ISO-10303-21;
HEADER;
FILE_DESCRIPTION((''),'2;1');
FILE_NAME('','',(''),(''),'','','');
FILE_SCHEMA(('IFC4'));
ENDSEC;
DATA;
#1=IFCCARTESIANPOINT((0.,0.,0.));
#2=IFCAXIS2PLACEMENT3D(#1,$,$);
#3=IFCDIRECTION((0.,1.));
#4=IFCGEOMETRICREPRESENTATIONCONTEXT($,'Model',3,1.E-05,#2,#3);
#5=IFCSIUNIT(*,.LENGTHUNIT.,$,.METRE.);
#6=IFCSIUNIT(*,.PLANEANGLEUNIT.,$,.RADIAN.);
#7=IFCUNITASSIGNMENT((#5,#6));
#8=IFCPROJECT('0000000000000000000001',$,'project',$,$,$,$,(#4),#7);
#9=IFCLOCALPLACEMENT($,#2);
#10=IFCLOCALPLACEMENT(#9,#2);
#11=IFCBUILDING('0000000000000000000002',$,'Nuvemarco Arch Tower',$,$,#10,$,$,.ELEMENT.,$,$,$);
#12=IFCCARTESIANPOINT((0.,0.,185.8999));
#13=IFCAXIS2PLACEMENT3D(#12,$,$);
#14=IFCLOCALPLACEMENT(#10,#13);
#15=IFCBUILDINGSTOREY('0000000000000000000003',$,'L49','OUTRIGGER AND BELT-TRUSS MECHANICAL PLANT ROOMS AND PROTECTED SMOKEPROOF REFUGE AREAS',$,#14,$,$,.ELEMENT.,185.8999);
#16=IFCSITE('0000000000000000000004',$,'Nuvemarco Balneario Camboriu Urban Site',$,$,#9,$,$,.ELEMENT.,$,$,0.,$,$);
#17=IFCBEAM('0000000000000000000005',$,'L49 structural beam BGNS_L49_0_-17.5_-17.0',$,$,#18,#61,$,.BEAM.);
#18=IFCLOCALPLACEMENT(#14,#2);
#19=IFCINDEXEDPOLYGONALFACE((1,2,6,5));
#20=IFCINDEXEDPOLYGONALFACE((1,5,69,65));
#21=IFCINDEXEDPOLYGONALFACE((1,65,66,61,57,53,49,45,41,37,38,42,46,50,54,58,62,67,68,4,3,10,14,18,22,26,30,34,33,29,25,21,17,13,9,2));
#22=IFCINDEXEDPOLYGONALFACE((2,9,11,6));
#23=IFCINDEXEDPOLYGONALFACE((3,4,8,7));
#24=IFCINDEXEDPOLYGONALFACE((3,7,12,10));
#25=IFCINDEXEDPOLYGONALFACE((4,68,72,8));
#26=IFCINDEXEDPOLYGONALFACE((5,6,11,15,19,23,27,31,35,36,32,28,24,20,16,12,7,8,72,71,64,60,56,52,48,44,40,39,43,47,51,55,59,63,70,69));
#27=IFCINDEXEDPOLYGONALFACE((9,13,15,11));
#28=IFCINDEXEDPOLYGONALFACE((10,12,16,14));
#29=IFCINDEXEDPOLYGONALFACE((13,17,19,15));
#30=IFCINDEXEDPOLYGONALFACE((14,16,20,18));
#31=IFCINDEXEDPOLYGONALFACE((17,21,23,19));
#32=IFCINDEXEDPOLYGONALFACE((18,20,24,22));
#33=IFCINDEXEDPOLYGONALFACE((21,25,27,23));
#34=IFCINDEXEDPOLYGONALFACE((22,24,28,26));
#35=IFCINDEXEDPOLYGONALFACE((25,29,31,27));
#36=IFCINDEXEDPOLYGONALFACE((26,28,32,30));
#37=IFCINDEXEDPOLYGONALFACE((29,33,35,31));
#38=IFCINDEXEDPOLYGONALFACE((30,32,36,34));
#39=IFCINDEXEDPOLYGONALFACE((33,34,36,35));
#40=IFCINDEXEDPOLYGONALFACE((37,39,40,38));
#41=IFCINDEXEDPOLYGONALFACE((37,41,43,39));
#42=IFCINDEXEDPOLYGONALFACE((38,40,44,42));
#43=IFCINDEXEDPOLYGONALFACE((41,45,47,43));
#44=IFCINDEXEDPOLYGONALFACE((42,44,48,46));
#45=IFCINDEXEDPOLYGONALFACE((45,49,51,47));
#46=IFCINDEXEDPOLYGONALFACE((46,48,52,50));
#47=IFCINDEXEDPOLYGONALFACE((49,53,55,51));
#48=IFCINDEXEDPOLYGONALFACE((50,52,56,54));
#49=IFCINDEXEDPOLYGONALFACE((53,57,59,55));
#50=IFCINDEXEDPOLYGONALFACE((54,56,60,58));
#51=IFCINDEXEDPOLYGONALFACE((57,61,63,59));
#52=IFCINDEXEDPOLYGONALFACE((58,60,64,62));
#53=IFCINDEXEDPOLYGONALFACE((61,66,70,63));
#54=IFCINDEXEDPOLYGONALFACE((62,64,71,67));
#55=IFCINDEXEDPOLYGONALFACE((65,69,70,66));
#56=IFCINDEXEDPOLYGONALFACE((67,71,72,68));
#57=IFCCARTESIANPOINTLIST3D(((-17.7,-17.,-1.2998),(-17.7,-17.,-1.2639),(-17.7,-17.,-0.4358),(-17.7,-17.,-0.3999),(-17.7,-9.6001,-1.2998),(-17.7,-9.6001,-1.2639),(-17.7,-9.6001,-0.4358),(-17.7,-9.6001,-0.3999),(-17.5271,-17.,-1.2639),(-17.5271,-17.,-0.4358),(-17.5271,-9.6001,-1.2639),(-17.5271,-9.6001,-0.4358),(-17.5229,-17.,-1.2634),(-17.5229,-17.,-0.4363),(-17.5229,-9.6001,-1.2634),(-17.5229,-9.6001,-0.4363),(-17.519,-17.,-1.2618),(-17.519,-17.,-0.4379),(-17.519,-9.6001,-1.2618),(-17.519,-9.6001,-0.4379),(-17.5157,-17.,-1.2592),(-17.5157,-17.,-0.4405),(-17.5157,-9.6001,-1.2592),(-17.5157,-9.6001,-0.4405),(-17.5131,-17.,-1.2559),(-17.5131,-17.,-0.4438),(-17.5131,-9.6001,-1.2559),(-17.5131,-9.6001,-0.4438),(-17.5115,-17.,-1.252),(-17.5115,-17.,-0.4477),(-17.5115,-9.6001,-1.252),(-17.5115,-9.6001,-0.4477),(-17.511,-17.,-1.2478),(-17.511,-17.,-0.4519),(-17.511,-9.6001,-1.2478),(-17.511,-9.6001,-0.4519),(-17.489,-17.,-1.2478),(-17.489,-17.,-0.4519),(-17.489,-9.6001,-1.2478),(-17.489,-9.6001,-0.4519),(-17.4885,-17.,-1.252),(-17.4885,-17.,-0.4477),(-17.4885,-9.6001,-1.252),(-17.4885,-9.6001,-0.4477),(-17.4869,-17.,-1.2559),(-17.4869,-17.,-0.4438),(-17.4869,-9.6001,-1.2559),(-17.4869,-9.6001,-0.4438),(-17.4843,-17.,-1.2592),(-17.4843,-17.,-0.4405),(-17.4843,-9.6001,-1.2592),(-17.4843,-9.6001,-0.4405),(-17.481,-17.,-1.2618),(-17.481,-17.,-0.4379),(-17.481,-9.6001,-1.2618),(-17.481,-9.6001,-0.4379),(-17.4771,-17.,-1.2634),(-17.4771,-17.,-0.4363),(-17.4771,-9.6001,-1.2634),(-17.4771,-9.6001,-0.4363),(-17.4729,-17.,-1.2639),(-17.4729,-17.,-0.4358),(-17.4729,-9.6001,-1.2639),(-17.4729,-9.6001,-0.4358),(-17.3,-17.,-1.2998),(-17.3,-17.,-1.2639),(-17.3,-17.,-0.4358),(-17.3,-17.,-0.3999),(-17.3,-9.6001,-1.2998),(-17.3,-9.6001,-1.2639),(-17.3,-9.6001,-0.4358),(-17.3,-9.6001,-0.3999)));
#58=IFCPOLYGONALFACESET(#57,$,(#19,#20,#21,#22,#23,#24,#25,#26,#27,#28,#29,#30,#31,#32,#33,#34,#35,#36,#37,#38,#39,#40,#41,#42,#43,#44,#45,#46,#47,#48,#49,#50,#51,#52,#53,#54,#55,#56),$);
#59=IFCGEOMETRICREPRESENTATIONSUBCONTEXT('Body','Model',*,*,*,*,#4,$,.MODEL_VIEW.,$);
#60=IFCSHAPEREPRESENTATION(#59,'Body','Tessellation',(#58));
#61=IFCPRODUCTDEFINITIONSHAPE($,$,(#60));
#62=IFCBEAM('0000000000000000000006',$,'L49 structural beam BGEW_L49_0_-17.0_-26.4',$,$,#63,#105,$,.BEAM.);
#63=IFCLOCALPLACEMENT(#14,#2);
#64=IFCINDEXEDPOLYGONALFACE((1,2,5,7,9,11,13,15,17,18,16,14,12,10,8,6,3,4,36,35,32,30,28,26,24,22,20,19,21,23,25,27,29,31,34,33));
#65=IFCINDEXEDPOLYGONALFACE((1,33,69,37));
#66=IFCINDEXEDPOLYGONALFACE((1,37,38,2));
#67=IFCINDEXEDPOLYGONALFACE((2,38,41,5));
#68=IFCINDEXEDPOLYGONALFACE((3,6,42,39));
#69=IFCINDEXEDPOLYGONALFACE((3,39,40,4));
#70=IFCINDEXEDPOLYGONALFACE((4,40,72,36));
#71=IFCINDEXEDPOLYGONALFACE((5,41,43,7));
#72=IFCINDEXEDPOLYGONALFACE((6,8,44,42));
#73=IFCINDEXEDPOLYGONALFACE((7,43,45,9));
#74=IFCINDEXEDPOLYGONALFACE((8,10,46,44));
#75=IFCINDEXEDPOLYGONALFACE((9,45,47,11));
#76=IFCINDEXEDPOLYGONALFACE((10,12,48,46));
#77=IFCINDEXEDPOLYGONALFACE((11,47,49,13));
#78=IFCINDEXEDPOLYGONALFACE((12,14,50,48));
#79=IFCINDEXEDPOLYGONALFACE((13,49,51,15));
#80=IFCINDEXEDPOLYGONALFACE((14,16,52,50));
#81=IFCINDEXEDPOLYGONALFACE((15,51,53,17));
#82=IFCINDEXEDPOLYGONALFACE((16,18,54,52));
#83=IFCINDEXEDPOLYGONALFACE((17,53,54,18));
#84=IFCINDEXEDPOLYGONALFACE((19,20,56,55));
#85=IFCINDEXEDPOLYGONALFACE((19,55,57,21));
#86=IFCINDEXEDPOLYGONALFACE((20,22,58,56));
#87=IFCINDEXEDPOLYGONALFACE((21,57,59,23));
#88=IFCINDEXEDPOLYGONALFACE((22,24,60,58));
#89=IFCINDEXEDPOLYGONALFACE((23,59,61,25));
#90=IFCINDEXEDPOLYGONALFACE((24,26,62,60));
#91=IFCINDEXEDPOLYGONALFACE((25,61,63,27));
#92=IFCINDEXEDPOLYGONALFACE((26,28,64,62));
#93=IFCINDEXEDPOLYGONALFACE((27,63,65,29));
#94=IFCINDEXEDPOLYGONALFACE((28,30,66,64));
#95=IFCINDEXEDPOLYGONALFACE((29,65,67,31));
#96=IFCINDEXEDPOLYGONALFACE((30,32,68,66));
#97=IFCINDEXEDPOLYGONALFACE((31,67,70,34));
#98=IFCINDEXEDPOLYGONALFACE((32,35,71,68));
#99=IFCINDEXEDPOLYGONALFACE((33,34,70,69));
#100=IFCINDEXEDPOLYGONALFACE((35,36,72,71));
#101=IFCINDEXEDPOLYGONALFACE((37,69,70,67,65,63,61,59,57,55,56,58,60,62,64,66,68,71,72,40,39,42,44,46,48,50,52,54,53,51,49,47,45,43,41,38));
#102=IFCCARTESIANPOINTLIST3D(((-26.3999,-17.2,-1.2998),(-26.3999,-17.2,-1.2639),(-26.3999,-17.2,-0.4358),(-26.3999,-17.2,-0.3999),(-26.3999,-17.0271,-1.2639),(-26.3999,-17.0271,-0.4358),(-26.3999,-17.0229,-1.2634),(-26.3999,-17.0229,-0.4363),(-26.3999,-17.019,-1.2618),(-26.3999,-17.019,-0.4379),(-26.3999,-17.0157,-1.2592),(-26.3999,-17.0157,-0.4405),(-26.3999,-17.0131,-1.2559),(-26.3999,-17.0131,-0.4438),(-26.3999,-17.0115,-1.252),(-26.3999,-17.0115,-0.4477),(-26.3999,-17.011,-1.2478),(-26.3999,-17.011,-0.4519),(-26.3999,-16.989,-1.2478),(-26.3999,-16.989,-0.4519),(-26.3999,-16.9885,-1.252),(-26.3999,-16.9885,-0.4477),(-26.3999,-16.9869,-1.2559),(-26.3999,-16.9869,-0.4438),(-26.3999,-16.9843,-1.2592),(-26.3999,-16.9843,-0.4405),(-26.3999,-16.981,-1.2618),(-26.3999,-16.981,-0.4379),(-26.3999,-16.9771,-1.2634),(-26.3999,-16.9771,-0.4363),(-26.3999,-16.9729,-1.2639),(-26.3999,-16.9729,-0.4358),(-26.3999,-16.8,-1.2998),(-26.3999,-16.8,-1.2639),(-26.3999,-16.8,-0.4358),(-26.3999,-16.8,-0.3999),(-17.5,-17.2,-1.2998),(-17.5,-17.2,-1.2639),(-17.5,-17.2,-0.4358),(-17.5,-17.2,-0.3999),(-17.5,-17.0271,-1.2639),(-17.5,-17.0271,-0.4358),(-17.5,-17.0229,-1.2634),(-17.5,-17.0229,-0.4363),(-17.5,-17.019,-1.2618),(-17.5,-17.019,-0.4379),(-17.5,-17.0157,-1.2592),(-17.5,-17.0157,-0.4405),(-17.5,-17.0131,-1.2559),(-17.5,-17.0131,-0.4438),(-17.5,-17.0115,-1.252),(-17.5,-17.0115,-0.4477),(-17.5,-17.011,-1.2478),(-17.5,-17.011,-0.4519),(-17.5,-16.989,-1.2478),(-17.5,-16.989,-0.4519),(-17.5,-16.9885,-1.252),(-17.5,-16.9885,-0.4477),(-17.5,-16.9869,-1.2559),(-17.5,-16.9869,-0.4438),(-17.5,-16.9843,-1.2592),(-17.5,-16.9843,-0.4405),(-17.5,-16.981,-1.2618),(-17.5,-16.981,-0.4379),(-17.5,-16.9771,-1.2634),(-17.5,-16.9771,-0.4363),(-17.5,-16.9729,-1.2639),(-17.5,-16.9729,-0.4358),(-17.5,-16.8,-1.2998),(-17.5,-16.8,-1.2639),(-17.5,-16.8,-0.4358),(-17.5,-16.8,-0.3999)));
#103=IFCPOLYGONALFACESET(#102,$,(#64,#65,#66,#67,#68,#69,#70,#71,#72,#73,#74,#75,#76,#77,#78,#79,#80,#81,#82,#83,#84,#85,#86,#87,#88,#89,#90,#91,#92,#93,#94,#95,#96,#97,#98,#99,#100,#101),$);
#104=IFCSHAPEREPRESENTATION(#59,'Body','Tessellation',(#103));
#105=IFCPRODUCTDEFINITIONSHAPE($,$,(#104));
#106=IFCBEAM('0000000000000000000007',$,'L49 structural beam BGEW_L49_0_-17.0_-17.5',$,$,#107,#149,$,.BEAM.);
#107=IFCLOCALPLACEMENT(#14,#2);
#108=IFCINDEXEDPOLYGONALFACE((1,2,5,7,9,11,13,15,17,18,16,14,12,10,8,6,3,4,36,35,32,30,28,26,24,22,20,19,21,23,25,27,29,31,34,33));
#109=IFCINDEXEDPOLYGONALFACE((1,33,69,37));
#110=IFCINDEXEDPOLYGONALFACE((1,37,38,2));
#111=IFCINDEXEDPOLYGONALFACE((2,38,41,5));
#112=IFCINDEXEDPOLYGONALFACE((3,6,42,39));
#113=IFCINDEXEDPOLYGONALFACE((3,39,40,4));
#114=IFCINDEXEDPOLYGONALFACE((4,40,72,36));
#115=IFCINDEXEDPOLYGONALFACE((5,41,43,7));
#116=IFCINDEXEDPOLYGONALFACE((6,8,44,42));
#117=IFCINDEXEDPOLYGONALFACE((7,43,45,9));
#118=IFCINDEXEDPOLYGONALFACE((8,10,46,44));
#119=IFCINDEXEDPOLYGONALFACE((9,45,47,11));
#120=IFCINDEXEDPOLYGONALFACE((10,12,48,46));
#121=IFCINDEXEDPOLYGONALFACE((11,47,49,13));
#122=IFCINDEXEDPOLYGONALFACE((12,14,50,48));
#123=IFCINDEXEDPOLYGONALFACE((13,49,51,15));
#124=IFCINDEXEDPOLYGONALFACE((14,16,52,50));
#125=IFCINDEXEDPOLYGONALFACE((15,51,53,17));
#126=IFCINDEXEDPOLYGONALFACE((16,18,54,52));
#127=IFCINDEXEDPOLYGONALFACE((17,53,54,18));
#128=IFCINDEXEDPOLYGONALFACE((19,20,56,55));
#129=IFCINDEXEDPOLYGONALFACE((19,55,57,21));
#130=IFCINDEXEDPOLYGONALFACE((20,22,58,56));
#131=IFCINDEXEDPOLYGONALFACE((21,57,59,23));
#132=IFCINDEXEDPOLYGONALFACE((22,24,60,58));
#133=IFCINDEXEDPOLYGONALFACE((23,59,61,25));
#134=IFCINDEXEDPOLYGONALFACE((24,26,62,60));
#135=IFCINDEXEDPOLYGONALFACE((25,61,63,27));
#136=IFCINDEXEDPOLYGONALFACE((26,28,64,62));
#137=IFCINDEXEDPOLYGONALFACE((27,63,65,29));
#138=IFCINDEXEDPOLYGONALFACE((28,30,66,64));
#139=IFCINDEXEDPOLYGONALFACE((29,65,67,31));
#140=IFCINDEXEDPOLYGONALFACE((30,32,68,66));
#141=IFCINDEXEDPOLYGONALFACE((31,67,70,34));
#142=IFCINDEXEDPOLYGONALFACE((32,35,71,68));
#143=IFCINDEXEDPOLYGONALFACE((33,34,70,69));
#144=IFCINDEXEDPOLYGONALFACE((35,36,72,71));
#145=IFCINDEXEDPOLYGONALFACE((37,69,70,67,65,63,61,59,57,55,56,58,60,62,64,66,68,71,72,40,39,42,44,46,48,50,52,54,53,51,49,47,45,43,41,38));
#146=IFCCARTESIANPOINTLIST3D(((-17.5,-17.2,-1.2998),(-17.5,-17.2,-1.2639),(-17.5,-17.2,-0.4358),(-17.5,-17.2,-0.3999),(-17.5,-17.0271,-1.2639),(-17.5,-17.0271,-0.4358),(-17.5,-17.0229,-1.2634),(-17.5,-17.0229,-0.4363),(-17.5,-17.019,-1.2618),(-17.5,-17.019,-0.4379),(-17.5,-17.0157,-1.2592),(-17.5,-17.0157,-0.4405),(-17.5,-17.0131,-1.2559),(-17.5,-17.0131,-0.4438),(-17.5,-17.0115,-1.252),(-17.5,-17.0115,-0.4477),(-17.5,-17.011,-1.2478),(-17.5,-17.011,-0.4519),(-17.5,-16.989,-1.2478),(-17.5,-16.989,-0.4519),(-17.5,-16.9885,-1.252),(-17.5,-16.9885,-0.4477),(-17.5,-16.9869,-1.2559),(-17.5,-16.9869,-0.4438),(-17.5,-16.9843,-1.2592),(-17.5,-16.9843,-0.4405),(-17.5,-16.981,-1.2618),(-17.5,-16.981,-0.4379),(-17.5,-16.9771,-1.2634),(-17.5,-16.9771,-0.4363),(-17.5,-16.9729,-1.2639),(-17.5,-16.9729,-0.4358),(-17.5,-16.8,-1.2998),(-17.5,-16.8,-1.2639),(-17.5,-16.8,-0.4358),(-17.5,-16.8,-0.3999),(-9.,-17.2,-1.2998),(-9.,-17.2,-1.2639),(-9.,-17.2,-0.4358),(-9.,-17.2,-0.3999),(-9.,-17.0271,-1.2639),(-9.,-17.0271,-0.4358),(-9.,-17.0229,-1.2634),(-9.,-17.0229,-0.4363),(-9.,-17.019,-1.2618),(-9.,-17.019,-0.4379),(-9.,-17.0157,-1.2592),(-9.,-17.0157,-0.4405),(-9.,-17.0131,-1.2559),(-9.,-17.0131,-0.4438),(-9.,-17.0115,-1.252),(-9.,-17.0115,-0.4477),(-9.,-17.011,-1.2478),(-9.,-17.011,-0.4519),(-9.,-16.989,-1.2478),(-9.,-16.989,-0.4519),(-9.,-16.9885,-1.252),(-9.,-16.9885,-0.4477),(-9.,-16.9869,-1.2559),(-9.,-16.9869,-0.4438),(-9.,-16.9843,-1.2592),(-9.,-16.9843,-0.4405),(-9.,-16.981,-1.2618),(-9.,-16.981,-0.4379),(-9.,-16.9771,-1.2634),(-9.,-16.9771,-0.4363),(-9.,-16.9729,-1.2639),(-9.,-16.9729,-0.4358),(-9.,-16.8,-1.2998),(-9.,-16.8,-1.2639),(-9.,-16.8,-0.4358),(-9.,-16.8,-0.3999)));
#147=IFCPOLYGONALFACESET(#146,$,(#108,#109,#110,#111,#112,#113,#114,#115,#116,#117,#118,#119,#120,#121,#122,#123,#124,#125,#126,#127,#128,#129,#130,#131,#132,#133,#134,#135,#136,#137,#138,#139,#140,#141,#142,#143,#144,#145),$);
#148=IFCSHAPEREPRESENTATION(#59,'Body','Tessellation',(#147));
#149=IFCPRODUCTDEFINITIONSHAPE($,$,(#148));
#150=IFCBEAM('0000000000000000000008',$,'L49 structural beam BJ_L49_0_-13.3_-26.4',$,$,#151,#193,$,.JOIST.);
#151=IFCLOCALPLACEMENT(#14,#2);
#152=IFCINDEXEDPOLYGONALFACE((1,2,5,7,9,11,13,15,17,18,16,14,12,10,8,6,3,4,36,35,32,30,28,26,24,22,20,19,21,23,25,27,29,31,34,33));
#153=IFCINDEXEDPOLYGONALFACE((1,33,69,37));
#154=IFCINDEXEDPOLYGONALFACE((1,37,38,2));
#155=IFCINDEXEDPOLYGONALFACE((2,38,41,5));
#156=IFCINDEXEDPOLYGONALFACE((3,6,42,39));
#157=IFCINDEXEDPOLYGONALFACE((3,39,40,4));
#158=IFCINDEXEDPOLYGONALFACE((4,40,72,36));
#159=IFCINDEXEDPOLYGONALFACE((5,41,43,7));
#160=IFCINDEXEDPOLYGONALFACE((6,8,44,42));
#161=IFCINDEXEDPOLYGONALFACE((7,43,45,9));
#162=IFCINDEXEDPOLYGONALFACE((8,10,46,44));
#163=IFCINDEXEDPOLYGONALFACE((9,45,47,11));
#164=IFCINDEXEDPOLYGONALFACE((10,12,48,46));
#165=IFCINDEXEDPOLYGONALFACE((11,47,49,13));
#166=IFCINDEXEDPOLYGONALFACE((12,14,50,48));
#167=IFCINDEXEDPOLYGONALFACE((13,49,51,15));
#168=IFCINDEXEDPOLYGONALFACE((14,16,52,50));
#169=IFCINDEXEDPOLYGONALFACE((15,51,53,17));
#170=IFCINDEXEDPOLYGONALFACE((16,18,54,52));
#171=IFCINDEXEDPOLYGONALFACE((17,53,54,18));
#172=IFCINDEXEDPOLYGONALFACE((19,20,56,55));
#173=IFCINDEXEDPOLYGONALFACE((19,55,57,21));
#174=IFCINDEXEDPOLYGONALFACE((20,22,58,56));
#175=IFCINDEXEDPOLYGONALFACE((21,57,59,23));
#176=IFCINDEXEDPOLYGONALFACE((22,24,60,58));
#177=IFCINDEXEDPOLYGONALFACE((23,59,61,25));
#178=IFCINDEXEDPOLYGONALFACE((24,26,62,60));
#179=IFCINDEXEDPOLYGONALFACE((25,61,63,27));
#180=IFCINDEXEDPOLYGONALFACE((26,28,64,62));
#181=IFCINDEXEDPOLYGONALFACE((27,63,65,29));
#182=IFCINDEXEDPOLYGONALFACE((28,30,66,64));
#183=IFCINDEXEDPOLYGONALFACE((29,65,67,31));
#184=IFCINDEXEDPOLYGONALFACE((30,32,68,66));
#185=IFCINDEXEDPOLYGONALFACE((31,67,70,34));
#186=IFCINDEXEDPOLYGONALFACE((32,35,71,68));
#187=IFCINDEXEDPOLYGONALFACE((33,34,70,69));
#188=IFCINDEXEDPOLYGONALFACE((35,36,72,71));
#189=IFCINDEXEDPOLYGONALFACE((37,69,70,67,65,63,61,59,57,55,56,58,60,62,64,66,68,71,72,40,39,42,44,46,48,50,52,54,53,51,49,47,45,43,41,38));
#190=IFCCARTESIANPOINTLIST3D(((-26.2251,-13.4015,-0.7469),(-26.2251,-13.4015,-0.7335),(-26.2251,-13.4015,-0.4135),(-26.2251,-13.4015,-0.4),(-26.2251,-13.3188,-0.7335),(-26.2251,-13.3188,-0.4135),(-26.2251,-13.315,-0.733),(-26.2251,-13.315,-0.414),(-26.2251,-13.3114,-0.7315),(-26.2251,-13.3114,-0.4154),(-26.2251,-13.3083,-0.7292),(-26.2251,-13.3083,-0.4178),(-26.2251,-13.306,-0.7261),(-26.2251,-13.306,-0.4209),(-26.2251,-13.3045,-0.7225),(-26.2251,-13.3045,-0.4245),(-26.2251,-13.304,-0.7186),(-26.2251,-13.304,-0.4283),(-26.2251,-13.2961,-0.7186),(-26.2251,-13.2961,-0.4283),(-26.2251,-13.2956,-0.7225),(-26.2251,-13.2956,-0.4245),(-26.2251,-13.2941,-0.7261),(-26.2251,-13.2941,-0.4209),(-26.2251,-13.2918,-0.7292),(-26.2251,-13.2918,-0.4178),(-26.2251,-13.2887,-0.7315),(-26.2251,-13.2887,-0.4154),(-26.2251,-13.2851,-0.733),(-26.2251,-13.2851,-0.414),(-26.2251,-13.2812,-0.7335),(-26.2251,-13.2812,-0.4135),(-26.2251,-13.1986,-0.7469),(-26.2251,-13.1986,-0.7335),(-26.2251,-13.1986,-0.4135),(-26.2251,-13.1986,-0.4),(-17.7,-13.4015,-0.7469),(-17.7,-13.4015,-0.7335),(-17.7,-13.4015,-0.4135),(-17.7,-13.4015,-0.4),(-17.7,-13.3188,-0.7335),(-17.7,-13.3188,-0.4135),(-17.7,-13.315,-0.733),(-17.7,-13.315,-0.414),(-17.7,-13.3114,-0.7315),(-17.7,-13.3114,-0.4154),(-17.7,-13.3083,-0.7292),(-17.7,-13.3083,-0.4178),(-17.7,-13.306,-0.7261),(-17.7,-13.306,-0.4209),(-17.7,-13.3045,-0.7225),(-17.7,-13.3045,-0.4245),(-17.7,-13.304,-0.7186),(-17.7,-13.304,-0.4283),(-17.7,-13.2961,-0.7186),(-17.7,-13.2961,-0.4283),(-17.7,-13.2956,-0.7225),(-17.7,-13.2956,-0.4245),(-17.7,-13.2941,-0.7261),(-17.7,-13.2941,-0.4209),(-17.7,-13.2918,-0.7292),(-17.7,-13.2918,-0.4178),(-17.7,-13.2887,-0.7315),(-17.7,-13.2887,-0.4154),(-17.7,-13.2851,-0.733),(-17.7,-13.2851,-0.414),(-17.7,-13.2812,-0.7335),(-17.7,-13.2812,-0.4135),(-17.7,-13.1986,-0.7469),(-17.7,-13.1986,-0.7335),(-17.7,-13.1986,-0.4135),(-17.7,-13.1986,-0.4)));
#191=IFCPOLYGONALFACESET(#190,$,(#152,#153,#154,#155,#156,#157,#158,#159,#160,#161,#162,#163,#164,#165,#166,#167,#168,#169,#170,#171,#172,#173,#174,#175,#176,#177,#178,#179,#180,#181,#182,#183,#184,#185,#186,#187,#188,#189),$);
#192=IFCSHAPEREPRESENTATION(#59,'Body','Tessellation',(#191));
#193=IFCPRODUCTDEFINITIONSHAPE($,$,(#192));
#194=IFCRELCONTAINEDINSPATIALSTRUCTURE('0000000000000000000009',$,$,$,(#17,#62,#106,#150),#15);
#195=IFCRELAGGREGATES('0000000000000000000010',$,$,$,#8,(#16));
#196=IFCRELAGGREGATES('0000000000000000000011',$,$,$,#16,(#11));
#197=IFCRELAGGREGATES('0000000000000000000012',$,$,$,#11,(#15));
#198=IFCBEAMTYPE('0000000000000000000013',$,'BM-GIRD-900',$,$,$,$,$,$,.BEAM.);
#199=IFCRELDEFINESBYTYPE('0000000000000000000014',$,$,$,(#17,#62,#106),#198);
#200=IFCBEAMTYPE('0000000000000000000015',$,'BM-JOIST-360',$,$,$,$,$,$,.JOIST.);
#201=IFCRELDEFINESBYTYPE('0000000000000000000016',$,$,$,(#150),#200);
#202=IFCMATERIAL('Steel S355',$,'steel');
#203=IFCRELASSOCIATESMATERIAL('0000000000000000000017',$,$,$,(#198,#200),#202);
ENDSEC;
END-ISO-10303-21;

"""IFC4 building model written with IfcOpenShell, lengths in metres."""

from ifc_helpers import new_model, si_unit, direction, frame, origin, origin_2d, place, context, subcontext, project, spatial, i_section, extrude, material, material_profile, profile_set, type_object, element, save


model = new_model("IFC4")

# Units and contexts
model_context = context("Model", 3, precision=1e-05, world=origin(), true_north=direction((0.0, 1.0)))
body_context = subcontext(model_context, "Body", "Model", "MODEL_VIEW")
ifc_project = project(units=[si_unit("LENGTHUNIT", "METRE"), si_unit("PLANEANGLEUNIT", "RADIAN")], contexts=[model_context])

# Site, building, storey
site_placement = place(None, origin())
site = spatial("IfcSite", under=ifc_project, at=site_placement, Name="Nuvemarco Balneario Camboriu Urban Site", CompositionType="ELEMENT", RefElevation=0.0)
building_placement = place(site_placement, origin())
building = spatial("IfcBuilding", under=site, at=building_placement, Name="Nuvemarco Arch Tower", CompositionType="ELEMENT")
storey_placement = place(building_placement, frame((0.0, 0.0, 185.8999)))
storey = spatial("IfcBuildingStorey", under=building, at=storey_placement, Name="L49", Description="OUTRIGGER AND BELT-TRUSS MECHANICAL PLANT ROOMS AND PROTECTED SMOKEPROOF REFUGE AREAS", CompositionType="ELEMENT", Elevation=185.8999)

# Shared definitions
ifc_material_1 = material(Name="Steel S355", Category="steel")

# Beams
ifc_material_profile_1 = material_profile(ifc_material_1, i_section(OverallWidth=0.3999, OverallDepth=0.8999, WebThickness=0.022, FlangeThickness=0.0359, FilletRadius=0.0161, at=origin_2d()), Name="PG900x400")
ifc_profile_set_1 = profile_set([ifc_material_profile_1], Name="Steel S355")
beam_type_1 = type_object("IfcBeamType", Name="BM-GIRD-900", PredefinedType="BEAM", material=ifc_profile_set_1)
beam_1_placement = place(storey_placement, frame((-17.5, -17.0, -0.8499), z_axis=(0.0, 1.0, 0.0), x_axis=(-1.0, 0.0, 0.0)))
element("IfcBeam", 1, at=beam_1_placement, inside=storey, type_object=beam_type_1, Name="L49 structural beam BGNS_L49_0_-17.5_-17.0", PredefinedType="BEAM", context=body_context, shape_type="SweptSolid", body=[
    extrude(i_section(OverallWidth=0.3999, OverallDepth=0.8999, WebThickness=0.022, FlangeThickness=0.0359, FilletRadius=0.0161, at=origin_2d()), origin(), (0.0, 0.0, 1.0), 7.3999),
])
beam_2_placement = place(storey_placement, frame((-26.3999, -17.0, -0.8499), z_axis=(1.0, 0.0, 0.0), x_axis=(0.0, 1.0, 0.0)))
element("IfcBeam", 2, at=beam_2_placement, inside=storey, type_object=beam_type_1, Name="L49 structural beam BGEW_L49_0_-17.0_-26.4", PredefinedType="BEAM", context=body_context, shape_type="SweptSolid", body=[
    extrude(i_section(OverallWidth=0.3999, OverallDepth=0.8999, WebThickness=0.022, FlangeThickness=0.0359, FilletRadius=0.0161, at=origin_2d()), origin(), (0.0, 0.0, 1.0), 8.8999),
])
beam_3_placement = place(storey_placement, frame((-17.5, -17.0, -0.8499), z_axis=(1.0, 0.0, 0.0), x_axis=(0.0, 1.0, 0.0)))
element("IfcBeam", 3, at=beam_3_placement, inside=storey, type_object=beam_type_1, Name="L49 structural beam BGEW_L49_0_-17.0_-17.5", PredefinedType="BEAM", context=body_context, shape_type="SweptSolid", body=[
    extrude(i_section(OverallWidth=0.3999, OverallDepth=0.8999, WebThickness=0.022, FlangeThickness=0.0359, FilletRadius=0.0161, at=origin_2d()), origin(), (0.0, 0.0, 1.0), 8.5),
])
ifc_material_profile_2 = material_profile(ifc_material_1, i_section(OverallWidth=0.2029, OverallDepth=0.3469, WebThickness=0.0078, FlangeThickness=0.0134, FilletRadius=0.0149, at=origin_2d()), Name="W360x64")
ifc_profile_set_2 = profile_set([ifc_material_profile_2], Name="Steel S355")
beam_type_2 = type_object("IfcBeamType", Name="BM-JOIST-360", PredefinedType="JOIST", material=ifc_profile_set_2)
beam_4_placement = place(storey_placement, frame((-26.2251, -13.3, -0.5735), z_axis=(1.0, 0.0, 0.0), x_axis=(0.0, 1.0, 0.0)))
element("IfcBeam", 4, at=beam_4_placement, inside=storey, type_object=beam_type_2, Name="L49 structural beam BJ_L49_0_-13.3_-26.4", PredefinedType="JOIST", context=body_context, shape_type="SweptSolid", body=[
    extrude(i_section(OverallWidth=0.2029, OverallDepth=0.3469, WebThickness=0.0078, FlangeThickness=0.0134, FilletRadius=0.0149, at=origin_2d()), origin(), (0.0, 0.0, 1.0), 8.5251),
])

save(model, "model.ifc")
